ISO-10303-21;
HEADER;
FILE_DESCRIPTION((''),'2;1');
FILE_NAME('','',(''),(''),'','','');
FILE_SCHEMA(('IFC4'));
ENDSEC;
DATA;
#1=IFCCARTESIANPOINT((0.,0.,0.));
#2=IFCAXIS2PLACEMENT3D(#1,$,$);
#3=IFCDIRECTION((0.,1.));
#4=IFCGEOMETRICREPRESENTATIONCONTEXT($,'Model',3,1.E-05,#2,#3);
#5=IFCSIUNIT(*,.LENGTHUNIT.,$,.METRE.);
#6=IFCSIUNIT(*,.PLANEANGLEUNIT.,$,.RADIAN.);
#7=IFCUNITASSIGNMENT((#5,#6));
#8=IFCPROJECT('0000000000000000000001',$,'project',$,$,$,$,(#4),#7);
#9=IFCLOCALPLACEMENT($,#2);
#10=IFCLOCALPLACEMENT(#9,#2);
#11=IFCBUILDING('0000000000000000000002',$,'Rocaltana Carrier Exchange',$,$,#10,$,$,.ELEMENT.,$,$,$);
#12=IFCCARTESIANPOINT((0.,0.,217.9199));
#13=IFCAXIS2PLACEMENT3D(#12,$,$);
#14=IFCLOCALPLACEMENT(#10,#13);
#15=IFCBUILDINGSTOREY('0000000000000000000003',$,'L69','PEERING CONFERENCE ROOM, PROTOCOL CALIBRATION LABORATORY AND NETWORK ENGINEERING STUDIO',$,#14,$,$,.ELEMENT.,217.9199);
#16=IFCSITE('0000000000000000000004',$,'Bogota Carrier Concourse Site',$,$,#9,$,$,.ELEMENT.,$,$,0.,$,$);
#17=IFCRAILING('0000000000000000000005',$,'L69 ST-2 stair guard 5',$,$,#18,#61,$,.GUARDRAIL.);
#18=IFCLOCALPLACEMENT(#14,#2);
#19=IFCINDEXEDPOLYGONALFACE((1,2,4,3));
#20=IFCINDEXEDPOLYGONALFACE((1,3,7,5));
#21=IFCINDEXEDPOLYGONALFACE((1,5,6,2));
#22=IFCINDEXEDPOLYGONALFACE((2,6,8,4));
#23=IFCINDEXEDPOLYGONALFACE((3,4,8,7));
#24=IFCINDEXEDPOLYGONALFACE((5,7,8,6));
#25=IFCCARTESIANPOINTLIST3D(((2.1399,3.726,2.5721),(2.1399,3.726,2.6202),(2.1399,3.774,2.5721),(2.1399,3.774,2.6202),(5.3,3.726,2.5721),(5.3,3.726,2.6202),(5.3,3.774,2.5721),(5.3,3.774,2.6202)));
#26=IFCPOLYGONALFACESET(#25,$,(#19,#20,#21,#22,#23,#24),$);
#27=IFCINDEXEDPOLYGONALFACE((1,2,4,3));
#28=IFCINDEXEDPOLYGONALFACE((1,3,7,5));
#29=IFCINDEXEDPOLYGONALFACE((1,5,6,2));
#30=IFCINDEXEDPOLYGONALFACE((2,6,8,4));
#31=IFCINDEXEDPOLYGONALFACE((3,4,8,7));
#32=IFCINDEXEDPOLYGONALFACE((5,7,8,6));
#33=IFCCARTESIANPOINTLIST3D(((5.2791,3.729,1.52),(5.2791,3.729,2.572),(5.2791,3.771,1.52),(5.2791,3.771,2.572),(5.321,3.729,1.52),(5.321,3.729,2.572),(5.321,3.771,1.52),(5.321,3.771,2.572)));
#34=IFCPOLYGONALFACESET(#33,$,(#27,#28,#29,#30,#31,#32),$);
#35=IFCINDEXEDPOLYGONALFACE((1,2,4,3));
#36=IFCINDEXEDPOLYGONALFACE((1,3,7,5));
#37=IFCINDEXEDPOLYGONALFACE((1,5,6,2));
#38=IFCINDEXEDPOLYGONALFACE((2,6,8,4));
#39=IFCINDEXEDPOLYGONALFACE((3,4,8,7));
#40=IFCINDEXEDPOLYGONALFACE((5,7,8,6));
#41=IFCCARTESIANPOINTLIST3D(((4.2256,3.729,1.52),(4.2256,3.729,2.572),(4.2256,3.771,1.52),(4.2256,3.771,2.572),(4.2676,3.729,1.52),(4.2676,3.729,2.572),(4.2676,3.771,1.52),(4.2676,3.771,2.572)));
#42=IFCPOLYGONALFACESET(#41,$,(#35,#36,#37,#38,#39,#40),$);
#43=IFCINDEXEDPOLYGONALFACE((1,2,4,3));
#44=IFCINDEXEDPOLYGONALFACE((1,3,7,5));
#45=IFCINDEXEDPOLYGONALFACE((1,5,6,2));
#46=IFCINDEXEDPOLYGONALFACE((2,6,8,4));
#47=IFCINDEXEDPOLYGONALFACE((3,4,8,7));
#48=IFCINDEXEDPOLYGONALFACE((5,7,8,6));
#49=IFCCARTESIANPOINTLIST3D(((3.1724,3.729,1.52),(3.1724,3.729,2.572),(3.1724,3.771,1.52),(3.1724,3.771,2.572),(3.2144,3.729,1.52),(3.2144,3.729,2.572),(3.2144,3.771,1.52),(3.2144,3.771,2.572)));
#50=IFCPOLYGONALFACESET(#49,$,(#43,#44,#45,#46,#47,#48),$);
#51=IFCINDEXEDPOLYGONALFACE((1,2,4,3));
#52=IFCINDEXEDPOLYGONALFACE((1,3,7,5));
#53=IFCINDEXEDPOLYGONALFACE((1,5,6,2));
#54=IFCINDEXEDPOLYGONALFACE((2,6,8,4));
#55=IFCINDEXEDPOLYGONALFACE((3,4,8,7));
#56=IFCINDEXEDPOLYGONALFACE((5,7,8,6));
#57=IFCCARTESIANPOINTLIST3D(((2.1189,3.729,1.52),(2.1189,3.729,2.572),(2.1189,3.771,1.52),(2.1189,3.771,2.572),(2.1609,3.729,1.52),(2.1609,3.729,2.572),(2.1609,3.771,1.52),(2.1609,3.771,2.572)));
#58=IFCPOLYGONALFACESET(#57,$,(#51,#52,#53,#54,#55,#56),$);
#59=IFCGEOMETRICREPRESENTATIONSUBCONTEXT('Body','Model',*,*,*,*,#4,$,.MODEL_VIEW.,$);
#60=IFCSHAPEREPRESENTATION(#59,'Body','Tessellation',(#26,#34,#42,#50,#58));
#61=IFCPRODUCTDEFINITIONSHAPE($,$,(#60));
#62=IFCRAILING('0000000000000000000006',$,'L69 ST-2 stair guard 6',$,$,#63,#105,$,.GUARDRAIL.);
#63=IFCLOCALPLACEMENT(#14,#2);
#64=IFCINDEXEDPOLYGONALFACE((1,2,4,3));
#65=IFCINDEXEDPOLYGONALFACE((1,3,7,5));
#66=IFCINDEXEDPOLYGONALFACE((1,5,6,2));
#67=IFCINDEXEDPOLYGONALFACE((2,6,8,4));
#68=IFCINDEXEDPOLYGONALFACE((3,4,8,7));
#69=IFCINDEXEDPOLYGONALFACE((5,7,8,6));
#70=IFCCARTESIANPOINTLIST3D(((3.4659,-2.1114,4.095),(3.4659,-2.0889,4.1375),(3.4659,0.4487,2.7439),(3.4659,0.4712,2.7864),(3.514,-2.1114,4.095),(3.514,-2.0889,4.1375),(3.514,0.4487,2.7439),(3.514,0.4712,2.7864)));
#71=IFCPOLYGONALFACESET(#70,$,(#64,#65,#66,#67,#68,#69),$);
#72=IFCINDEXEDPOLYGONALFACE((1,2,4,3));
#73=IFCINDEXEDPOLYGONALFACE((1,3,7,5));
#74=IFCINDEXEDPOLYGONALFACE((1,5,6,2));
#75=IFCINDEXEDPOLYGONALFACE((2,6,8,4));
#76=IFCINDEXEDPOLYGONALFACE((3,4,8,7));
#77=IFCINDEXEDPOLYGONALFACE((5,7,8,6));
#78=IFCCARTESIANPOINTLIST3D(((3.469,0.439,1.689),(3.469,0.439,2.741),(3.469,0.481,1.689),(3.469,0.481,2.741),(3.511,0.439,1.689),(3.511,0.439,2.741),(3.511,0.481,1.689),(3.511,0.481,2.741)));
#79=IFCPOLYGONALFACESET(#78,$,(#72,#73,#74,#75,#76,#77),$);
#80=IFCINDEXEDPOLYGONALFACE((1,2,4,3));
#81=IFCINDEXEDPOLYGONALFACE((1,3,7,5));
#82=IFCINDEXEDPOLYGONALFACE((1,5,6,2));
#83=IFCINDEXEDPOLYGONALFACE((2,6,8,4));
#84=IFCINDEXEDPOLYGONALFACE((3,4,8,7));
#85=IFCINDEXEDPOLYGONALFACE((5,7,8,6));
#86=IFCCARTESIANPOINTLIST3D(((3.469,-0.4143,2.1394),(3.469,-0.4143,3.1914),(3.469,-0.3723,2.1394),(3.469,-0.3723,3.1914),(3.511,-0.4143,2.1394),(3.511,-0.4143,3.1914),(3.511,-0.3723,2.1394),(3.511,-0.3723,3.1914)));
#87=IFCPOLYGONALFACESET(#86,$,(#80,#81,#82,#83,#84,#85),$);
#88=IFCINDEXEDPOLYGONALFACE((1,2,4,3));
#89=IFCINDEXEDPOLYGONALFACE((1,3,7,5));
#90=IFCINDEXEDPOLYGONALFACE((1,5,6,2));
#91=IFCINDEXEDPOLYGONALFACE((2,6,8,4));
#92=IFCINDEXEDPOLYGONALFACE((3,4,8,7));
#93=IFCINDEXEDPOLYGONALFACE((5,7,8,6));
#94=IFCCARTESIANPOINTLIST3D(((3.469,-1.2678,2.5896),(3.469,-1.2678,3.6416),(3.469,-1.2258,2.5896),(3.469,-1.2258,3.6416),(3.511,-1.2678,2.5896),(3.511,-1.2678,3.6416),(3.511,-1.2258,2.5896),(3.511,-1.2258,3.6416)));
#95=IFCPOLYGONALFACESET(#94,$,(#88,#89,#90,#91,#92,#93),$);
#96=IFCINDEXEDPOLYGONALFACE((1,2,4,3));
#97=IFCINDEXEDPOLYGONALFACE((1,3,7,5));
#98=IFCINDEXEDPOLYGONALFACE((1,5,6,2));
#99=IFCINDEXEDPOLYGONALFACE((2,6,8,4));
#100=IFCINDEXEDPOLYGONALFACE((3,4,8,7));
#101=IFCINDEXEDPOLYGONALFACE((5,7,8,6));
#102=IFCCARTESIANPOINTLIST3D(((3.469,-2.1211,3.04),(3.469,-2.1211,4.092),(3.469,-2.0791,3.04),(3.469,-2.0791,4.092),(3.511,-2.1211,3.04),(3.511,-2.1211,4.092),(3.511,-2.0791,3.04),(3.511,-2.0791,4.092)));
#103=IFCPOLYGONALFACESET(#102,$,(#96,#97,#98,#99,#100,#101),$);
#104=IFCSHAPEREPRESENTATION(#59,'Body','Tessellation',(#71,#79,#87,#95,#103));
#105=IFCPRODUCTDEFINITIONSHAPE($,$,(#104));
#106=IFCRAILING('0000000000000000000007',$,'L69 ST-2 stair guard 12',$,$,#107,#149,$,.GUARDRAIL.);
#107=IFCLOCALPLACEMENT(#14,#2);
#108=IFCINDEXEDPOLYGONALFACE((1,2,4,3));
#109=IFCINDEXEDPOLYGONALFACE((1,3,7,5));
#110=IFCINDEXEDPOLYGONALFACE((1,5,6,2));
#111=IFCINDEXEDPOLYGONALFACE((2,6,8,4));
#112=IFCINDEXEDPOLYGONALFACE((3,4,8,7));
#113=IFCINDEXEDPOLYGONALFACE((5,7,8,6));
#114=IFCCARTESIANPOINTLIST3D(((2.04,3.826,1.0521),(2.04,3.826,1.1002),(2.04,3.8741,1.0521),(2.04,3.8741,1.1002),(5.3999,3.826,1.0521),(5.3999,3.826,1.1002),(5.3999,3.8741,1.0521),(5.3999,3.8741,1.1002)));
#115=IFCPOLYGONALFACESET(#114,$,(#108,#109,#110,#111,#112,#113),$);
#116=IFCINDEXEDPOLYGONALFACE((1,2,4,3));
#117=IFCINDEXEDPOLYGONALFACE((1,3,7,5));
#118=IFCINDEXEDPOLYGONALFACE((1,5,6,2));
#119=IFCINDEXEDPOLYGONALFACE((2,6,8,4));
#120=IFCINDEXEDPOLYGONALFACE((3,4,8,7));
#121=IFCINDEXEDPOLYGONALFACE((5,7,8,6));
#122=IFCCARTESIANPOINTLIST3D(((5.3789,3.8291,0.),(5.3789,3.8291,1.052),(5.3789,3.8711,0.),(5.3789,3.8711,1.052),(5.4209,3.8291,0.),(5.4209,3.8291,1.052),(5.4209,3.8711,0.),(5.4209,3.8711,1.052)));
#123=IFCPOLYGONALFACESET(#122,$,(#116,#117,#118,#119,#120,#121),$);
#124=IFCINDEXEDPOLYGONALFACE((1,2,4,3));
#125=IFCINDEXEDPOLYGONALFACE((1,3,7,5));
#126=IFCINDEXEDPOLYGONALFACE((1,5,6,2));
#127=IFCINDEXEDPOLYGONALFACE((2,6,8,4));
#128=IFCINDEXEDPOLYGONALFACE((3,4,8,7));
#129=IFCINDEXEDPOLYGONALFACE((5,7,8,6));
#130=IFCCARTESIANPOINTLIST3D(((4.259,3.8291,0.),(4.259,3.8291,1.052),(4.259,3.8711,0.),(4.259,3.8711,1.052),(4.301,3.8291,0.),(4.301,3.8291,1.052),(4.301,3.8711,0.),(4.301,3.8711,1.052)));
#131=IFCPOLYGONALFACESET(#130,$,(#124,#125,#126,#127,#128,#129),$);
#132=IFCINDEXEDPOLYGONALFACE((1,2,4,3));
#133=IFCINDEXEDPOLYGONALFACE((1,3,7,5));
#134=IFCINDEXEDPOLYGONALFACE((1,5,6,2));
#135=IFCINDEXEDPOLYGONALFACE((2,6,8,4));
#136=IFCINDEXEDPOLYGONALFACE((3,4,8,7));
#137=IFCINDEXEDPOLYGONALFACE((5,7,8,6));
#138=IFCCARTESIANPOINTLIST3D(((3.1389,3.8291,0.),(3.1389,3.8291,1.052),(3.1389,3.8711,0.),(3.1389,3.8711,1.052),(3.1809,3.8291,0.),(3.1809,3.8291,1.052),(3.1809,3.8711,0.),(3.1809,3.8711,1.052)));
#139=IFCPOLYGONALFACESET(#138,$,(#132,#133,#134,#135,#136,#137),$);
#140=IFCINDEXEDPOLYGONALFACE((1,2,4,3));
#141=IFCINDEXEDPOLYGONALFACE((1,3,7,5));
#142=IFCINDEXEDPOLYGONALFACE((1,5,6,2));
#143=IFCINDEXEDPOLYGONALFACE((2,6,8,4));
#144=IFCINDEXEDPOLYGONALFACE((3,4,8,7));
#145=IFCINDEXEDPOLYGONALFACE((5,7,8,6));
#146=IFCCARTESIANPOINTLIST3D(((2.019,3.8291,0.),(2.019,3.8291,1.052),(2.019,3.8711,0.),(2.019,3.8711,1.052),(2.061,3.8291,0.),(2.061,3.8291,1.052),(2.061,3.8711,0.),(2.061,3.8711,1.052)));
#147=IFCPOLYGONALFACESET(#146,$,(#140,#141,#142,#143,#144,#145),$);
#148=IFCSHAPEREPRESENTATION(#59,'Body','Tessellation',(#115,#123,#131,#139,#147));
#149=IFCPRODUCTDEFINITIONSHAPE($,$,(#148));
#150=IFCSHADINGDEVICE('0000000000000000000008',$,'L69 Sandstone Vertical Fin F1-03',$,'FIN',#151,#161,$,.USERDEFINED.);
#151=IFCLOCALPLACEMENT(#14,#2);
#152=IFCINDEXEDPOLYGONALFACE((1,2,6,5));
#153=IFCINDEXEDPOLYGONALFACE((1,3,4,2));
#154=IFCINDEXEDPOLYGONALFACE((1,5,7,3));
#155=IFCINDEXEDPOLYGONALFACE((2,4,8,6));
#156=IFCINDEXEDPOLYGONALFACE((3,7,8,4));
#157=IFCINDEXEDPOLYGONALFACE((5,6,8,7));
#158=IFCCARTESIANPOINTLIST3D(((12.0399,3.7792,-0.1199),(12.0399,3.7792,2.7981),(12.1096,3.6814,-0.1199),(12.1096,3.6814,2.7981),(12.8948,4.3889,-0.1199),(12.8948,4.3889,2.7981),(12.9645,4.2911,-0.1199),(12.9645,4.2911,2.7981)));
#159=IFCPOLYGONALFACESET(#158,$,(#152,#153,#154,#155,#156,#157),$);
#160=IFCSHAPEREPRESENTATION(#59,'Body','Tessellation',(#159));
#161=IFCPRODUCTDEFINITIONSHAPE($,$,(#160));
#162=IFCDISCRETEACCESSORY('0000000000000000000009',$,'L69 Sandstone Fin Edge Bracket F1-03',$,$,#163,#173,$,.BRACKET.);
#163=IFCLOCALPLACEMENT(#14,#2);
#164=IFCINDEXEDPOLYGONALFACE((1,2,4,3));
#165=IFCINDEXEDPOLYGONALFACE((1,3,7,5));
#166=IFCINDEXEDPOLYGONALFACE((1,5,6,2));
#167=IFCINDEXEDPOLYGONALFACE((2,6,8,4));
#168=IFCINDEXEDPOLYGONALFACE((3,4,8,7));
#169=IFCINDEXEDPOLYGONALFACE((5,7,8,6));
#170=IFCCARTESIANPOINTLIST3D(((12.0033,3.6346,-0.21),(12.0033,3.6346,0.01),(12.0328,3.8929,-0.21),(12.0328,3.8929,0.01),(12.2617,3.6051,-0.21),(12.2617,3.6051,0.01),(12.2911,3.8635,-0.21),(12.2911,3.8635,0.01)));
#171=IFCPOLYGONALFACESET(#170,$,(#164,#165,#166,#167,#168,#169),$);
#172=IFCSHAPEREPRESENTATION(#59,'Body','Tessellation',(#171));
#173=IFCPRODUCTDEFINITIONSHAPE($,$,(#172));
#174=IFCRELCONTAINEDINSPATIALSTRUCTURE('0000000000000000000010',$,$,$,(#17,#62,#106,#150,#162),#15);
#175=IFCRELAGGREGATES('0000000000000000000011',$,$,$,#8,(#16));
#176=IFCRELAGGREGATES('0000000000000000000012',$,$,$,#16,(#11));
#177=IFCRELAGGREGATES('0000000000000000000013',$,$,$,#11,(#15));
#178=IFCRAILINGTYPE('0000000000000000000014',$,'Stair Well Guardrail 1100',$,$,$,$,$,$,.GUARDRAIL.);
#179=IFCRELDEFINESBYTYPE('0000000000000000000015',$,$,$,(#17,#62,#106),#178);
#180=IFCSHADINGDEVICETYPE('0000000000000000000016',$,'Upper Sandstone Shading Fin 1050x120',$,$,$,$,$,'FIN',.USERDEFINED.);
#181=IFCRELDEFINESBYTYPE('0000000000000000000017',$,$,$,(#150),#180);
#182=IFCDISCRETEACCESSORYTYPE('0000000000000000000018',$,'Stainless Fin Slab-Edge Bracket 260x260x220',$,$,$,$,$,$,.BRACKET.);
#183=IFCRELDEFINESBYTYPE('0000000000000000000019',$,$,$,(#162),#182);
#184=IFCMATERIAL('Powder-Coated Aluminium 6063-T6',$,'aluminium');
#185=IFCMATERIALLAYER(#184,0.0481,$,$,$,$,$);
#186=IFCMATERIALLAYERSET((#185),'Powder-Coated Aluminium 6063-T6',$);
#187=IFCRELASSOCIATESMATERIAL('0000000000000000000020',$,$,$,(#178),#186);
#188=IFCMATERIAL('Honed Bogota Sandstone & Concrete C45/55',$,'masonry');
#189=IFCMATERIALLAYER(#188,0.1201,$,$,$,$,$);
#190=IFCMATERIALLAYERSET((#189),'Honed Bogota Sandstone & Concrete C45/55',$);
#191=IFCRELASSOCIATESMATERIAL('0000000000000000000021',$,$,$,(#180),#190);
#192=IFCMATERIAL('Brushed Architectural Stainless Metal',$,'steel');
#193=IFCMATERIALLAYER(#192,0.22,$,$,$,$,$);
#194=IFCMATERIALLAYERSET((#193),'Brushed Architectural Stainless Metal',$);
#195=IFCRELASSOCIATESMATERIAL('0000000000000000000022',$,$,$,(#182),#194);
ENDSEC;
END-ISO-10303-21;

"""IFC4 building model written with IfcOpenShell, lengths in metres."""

from ifc_helpers import new_model, si_unit, direction, frame, origin, origin_2d, place, context, subcontext, project, spatial, rectangle, extrude, material, layer, layer_set, type_object, element, save


model = new_model("IFC4")

# Units and contexts
model_context = context("Model", 3, precision=1e-05, world=origin(), true_north=direction((0.0, 1.0)))
body_context = subcontext(model_context, "Body", "Model", "MODEL_VIEW")
ifc_project = project(units=[si_unit("LENGTHUNIT", "METRE"), si_unit("PLANEANGLEUNIT", "RADIAN")], contexts=[model_context])

# Site, building, storey
site_placement = place(None, origin())
site = spatial("IfcSite", under=ifc_project, at=site_placement, Name="Bogota Carrier Concourse Site", CompositionType="ELEMENT", RefElevation=0.0)
building_placement = place(site_placement, origin())
building = spatial("IfcBuilding", under=site, at=building_placement, Name="Rocaltana Carrier Exchange", CompositionType="ELEMENT")
storey_placement = place(building_placement, frame((0.0, 0.0, 217.9199)))
storey = spatial("IfcBuildingStorey", under=building, at=storey_placement, Name="L69", Description="PEERING CONFERENCE ROOM, PROTOCOL CALIBRATION LABORATORY AND NETWORK ENGINEERING STUDIO", CompositionType="ELEMENT", Elevation=217.9199)

# Railings
ifc_material_1 = material(Name="Powder-Coated Aluminium 6063-T6", Category="aluminium")
ifc_layer_1 = layer(ifc_material_1, 0.0481)
ifc_layer_set_1 = layer_set([ifc_layer_1], Name="Powder-Coated Aluminium 6063-T6")
railing_type_1 = type_object("IfcRailingType", Name="Stair Well Guardrail 1100", PredefinedType="GUARDRAIL", material=ifc_layer_set_1)
railing_1_placement = place(storey_placement, frame((5.3, 3.75, 1.52)))
element("IfcRailing", 1, at=railing_1_placement, inside=storey, type_object=railing_type_1, Name="L69 ST-2 stair guard 5", PredefinedType="GUARDRAIL", context=body_context, shape_type="SweptSolid", body=[
    extrude(rectangle(XDim=0.0481, YDim=0.0481, at=origin_2d()), frame((0.0, 0.0, 1.0762), z_axis=(-1.0, 0.0, 0.0), x_axis=(0.0, -1.0, 0.0)), (0.0, 0.0, 1.0), 3.1602),
    extrude(rectangle(XDim=0.042, YDim=0.042, at=origin_2d()), origin(), (0.0, 0.0, 1.0), 1.052),
    extrude(rectangle(XDim=0.042, YDim=0.042, at=origin_2d()), frame((-1.0535, 0.0, 0.0)), (0.0, 0.0, 1.0), 1.052),
    extrude(rectangle(XDim=0.042, YDim=0.042, at=origin_2d()), frame((-2.1067, 0.0, 0.0)), (0.0, 0.0, 1.0), 1.052),
    extrude(rectangle(XDim=0.042, YDim=0.042, at=origin_2d()), frame((-3.1602, 0.0, 0.0)), (0.0, 0.0, 1.0), 1.052),
])
railing_2_placement = place(storey_placement, frame((3.49, 0.46, 1.689)))
element("IfcRailing", 2, at=railing_2_placement, inside=storey, type_object=railing_type_1, Name="L69 ST-2 stair guard 6", PredefinedType="GUARDRAIL", context=body_context, shape_type="SweptSolid", body=[
    extrude(rectangle(XDim=0.0481, YDim=0.0481, at=origin_2d()), frame((0.0, 0.0, 1.0762), z_axis=(0.0, -0.884394, 0.46674), x_axis=(1.0, 0.0, 0.0)), (0.0, 0.0, 1.0), 2.8948),
    extrude(rectangle(XDim=0.042, YDim=0.042, at=origin_2d()), origin(), (0.0, 0.0, 1.0), 1.052),
    extrude(rectangle(XDim=0.042, YDim=0.042, at=origin_2d()), frame((0.0, -0.8533, 0.4504)), (0.0, 0.0, 1.0), 1.052),
    extrude(rectangle(XDim=0.042, YDim=0.042, at=origin_2d()), frame((0.0, -1.7068, 0.9006)), (0.0, 0.0, 1.0), 1.052),
    extrude(rectangle(XDim=0.042, YDim=0.042, at=origin_2d()), frame((0.0, -2.5601, 1.3511)), (0.0, 0.0, 1.0), 1.052),
])
railing_3_placement = place(storey_placement, frame((5.3999, 3.8501, 0.0)))
element("IfcRailing", 3, at=railing_3_placement, inside=storey, type_object=railing_type_1, Name="L69 ST-2 stair guard 12", PredefinedType="GUARDRAIL", context=body_context, shape_type="SweptSolid", body=[
    extrude(rectangle(XDim=0.0481, YDim=0.0481, at=origin_2d()), frame((0.0, 0.0, 1.0762), z_axis=(-1.0, 0.0, 0.0), x_axis=(0.0, -1.0, 0.0)), (0.0, 0.0, 1.0), 3.3599),
    extrude(rectangle(XDim=0.042, YDim=0.042, at=origin_2d()), origin(), (0.0, 0.0, 1.0), 1.052),
    extrude(rectangle(XDim=0.042, YDim=0.042, at=origin_2d()), frame((-1.1199, 0.0, 0.0)), (0.0, 0.0, 1.0), 1.052),
    extrude(rectangle(XDim=0.042, YDim=0.042, at=origin_2d()), frame((-2.24, 0.0, 0.0)), (0.0, 0.0, 1.0), 1.052),
    extrude(rectangle(XDim=0.042, YDim=0.042, at=origin_2d()), frame((-3.3599, 0.0, 0.0)), (0.0, 0.0, 1.0), 1.052),
])

# Shading device
ifc_material_2 = material(Name="Honed Bogota Sandstone & Concrete C45/55", Category="masonry")
ifc_layer_2 = layer(ifc_material_2, 0.1201)
ifc_layer_set_2 = layer_set([ifc_layer_2], Name="Honed Bogota Sandstone & Concrete C45/55")
shading_device_type = type_object("IfcShadingDeviceType", Name="Upper Sandstone Shading Fin 1050x120", ElementType="FIN", PredefinedType="USERDEFINED", material=ifc_layer_set_2)
shading_device_placement = place(storey_placement, frame((12.5022, 4.0352, -0.1199), z_axis=(0.0, 0.0, 1.0), x_axis=(0.814116, 0.580703, 0.0)))
element("IfcShadingDevice", 4, at=shading_device_placement, inside=storey, type_object=shading_device_type, Name="L69 Sandstone Vertical Fin F1-03", ObjectType="FIN", PredefinedType="USERDEFINED", context=body_context, shape_type="SweptSolid", body=[
    extrude(rectangle(XDim=1.05, YDim=0.1201, at=origin_2d()), origin(), (0.0, 0.0, 1.0), 2.918),
])

# Discrete accessory
ifc_material_3 = material(Name="Brushed Architectural Stainless Metal", Category="steel")
ifc_layer_3 = layer(ifc_material_3, 0.22)
ifc_layer_set_3 = layer_set([ifc_layer_3], Name="Brushed Architectural Stainless Metal")
discrete_accessory_type = type_object("IfcDiscreteAccessoryType", Name="Stainless Fin Slab-Edge Bracket 260x260x220", PredefinedType="BRACKET", material=ifc_layer_set_3)
discrete_accessory_placement = place(storey_placement, frame((12.1472, 3.749, -0.21), z_axis=(0.0, 0.0, 1.0), x_axis=(0.113203, 0.993572, 0.0)))
element("IfcDiscreteAccessory", 5, at=discrete_accessory_placement, inside=storey, type_object=discrete_accessory_type, Name="L69 Sandstone Fin Edge Bracket F1-03", PredefinedType="BRACKET", context=body_context, shape_type="SweptSolid", body=[
    extrude(rectangle(XDim=0.26, YDim=0.26, at=origin_2d()), origin(), (0.0, 0.0, 1.0), 0.22),
])

save(model, "model.ifc")
